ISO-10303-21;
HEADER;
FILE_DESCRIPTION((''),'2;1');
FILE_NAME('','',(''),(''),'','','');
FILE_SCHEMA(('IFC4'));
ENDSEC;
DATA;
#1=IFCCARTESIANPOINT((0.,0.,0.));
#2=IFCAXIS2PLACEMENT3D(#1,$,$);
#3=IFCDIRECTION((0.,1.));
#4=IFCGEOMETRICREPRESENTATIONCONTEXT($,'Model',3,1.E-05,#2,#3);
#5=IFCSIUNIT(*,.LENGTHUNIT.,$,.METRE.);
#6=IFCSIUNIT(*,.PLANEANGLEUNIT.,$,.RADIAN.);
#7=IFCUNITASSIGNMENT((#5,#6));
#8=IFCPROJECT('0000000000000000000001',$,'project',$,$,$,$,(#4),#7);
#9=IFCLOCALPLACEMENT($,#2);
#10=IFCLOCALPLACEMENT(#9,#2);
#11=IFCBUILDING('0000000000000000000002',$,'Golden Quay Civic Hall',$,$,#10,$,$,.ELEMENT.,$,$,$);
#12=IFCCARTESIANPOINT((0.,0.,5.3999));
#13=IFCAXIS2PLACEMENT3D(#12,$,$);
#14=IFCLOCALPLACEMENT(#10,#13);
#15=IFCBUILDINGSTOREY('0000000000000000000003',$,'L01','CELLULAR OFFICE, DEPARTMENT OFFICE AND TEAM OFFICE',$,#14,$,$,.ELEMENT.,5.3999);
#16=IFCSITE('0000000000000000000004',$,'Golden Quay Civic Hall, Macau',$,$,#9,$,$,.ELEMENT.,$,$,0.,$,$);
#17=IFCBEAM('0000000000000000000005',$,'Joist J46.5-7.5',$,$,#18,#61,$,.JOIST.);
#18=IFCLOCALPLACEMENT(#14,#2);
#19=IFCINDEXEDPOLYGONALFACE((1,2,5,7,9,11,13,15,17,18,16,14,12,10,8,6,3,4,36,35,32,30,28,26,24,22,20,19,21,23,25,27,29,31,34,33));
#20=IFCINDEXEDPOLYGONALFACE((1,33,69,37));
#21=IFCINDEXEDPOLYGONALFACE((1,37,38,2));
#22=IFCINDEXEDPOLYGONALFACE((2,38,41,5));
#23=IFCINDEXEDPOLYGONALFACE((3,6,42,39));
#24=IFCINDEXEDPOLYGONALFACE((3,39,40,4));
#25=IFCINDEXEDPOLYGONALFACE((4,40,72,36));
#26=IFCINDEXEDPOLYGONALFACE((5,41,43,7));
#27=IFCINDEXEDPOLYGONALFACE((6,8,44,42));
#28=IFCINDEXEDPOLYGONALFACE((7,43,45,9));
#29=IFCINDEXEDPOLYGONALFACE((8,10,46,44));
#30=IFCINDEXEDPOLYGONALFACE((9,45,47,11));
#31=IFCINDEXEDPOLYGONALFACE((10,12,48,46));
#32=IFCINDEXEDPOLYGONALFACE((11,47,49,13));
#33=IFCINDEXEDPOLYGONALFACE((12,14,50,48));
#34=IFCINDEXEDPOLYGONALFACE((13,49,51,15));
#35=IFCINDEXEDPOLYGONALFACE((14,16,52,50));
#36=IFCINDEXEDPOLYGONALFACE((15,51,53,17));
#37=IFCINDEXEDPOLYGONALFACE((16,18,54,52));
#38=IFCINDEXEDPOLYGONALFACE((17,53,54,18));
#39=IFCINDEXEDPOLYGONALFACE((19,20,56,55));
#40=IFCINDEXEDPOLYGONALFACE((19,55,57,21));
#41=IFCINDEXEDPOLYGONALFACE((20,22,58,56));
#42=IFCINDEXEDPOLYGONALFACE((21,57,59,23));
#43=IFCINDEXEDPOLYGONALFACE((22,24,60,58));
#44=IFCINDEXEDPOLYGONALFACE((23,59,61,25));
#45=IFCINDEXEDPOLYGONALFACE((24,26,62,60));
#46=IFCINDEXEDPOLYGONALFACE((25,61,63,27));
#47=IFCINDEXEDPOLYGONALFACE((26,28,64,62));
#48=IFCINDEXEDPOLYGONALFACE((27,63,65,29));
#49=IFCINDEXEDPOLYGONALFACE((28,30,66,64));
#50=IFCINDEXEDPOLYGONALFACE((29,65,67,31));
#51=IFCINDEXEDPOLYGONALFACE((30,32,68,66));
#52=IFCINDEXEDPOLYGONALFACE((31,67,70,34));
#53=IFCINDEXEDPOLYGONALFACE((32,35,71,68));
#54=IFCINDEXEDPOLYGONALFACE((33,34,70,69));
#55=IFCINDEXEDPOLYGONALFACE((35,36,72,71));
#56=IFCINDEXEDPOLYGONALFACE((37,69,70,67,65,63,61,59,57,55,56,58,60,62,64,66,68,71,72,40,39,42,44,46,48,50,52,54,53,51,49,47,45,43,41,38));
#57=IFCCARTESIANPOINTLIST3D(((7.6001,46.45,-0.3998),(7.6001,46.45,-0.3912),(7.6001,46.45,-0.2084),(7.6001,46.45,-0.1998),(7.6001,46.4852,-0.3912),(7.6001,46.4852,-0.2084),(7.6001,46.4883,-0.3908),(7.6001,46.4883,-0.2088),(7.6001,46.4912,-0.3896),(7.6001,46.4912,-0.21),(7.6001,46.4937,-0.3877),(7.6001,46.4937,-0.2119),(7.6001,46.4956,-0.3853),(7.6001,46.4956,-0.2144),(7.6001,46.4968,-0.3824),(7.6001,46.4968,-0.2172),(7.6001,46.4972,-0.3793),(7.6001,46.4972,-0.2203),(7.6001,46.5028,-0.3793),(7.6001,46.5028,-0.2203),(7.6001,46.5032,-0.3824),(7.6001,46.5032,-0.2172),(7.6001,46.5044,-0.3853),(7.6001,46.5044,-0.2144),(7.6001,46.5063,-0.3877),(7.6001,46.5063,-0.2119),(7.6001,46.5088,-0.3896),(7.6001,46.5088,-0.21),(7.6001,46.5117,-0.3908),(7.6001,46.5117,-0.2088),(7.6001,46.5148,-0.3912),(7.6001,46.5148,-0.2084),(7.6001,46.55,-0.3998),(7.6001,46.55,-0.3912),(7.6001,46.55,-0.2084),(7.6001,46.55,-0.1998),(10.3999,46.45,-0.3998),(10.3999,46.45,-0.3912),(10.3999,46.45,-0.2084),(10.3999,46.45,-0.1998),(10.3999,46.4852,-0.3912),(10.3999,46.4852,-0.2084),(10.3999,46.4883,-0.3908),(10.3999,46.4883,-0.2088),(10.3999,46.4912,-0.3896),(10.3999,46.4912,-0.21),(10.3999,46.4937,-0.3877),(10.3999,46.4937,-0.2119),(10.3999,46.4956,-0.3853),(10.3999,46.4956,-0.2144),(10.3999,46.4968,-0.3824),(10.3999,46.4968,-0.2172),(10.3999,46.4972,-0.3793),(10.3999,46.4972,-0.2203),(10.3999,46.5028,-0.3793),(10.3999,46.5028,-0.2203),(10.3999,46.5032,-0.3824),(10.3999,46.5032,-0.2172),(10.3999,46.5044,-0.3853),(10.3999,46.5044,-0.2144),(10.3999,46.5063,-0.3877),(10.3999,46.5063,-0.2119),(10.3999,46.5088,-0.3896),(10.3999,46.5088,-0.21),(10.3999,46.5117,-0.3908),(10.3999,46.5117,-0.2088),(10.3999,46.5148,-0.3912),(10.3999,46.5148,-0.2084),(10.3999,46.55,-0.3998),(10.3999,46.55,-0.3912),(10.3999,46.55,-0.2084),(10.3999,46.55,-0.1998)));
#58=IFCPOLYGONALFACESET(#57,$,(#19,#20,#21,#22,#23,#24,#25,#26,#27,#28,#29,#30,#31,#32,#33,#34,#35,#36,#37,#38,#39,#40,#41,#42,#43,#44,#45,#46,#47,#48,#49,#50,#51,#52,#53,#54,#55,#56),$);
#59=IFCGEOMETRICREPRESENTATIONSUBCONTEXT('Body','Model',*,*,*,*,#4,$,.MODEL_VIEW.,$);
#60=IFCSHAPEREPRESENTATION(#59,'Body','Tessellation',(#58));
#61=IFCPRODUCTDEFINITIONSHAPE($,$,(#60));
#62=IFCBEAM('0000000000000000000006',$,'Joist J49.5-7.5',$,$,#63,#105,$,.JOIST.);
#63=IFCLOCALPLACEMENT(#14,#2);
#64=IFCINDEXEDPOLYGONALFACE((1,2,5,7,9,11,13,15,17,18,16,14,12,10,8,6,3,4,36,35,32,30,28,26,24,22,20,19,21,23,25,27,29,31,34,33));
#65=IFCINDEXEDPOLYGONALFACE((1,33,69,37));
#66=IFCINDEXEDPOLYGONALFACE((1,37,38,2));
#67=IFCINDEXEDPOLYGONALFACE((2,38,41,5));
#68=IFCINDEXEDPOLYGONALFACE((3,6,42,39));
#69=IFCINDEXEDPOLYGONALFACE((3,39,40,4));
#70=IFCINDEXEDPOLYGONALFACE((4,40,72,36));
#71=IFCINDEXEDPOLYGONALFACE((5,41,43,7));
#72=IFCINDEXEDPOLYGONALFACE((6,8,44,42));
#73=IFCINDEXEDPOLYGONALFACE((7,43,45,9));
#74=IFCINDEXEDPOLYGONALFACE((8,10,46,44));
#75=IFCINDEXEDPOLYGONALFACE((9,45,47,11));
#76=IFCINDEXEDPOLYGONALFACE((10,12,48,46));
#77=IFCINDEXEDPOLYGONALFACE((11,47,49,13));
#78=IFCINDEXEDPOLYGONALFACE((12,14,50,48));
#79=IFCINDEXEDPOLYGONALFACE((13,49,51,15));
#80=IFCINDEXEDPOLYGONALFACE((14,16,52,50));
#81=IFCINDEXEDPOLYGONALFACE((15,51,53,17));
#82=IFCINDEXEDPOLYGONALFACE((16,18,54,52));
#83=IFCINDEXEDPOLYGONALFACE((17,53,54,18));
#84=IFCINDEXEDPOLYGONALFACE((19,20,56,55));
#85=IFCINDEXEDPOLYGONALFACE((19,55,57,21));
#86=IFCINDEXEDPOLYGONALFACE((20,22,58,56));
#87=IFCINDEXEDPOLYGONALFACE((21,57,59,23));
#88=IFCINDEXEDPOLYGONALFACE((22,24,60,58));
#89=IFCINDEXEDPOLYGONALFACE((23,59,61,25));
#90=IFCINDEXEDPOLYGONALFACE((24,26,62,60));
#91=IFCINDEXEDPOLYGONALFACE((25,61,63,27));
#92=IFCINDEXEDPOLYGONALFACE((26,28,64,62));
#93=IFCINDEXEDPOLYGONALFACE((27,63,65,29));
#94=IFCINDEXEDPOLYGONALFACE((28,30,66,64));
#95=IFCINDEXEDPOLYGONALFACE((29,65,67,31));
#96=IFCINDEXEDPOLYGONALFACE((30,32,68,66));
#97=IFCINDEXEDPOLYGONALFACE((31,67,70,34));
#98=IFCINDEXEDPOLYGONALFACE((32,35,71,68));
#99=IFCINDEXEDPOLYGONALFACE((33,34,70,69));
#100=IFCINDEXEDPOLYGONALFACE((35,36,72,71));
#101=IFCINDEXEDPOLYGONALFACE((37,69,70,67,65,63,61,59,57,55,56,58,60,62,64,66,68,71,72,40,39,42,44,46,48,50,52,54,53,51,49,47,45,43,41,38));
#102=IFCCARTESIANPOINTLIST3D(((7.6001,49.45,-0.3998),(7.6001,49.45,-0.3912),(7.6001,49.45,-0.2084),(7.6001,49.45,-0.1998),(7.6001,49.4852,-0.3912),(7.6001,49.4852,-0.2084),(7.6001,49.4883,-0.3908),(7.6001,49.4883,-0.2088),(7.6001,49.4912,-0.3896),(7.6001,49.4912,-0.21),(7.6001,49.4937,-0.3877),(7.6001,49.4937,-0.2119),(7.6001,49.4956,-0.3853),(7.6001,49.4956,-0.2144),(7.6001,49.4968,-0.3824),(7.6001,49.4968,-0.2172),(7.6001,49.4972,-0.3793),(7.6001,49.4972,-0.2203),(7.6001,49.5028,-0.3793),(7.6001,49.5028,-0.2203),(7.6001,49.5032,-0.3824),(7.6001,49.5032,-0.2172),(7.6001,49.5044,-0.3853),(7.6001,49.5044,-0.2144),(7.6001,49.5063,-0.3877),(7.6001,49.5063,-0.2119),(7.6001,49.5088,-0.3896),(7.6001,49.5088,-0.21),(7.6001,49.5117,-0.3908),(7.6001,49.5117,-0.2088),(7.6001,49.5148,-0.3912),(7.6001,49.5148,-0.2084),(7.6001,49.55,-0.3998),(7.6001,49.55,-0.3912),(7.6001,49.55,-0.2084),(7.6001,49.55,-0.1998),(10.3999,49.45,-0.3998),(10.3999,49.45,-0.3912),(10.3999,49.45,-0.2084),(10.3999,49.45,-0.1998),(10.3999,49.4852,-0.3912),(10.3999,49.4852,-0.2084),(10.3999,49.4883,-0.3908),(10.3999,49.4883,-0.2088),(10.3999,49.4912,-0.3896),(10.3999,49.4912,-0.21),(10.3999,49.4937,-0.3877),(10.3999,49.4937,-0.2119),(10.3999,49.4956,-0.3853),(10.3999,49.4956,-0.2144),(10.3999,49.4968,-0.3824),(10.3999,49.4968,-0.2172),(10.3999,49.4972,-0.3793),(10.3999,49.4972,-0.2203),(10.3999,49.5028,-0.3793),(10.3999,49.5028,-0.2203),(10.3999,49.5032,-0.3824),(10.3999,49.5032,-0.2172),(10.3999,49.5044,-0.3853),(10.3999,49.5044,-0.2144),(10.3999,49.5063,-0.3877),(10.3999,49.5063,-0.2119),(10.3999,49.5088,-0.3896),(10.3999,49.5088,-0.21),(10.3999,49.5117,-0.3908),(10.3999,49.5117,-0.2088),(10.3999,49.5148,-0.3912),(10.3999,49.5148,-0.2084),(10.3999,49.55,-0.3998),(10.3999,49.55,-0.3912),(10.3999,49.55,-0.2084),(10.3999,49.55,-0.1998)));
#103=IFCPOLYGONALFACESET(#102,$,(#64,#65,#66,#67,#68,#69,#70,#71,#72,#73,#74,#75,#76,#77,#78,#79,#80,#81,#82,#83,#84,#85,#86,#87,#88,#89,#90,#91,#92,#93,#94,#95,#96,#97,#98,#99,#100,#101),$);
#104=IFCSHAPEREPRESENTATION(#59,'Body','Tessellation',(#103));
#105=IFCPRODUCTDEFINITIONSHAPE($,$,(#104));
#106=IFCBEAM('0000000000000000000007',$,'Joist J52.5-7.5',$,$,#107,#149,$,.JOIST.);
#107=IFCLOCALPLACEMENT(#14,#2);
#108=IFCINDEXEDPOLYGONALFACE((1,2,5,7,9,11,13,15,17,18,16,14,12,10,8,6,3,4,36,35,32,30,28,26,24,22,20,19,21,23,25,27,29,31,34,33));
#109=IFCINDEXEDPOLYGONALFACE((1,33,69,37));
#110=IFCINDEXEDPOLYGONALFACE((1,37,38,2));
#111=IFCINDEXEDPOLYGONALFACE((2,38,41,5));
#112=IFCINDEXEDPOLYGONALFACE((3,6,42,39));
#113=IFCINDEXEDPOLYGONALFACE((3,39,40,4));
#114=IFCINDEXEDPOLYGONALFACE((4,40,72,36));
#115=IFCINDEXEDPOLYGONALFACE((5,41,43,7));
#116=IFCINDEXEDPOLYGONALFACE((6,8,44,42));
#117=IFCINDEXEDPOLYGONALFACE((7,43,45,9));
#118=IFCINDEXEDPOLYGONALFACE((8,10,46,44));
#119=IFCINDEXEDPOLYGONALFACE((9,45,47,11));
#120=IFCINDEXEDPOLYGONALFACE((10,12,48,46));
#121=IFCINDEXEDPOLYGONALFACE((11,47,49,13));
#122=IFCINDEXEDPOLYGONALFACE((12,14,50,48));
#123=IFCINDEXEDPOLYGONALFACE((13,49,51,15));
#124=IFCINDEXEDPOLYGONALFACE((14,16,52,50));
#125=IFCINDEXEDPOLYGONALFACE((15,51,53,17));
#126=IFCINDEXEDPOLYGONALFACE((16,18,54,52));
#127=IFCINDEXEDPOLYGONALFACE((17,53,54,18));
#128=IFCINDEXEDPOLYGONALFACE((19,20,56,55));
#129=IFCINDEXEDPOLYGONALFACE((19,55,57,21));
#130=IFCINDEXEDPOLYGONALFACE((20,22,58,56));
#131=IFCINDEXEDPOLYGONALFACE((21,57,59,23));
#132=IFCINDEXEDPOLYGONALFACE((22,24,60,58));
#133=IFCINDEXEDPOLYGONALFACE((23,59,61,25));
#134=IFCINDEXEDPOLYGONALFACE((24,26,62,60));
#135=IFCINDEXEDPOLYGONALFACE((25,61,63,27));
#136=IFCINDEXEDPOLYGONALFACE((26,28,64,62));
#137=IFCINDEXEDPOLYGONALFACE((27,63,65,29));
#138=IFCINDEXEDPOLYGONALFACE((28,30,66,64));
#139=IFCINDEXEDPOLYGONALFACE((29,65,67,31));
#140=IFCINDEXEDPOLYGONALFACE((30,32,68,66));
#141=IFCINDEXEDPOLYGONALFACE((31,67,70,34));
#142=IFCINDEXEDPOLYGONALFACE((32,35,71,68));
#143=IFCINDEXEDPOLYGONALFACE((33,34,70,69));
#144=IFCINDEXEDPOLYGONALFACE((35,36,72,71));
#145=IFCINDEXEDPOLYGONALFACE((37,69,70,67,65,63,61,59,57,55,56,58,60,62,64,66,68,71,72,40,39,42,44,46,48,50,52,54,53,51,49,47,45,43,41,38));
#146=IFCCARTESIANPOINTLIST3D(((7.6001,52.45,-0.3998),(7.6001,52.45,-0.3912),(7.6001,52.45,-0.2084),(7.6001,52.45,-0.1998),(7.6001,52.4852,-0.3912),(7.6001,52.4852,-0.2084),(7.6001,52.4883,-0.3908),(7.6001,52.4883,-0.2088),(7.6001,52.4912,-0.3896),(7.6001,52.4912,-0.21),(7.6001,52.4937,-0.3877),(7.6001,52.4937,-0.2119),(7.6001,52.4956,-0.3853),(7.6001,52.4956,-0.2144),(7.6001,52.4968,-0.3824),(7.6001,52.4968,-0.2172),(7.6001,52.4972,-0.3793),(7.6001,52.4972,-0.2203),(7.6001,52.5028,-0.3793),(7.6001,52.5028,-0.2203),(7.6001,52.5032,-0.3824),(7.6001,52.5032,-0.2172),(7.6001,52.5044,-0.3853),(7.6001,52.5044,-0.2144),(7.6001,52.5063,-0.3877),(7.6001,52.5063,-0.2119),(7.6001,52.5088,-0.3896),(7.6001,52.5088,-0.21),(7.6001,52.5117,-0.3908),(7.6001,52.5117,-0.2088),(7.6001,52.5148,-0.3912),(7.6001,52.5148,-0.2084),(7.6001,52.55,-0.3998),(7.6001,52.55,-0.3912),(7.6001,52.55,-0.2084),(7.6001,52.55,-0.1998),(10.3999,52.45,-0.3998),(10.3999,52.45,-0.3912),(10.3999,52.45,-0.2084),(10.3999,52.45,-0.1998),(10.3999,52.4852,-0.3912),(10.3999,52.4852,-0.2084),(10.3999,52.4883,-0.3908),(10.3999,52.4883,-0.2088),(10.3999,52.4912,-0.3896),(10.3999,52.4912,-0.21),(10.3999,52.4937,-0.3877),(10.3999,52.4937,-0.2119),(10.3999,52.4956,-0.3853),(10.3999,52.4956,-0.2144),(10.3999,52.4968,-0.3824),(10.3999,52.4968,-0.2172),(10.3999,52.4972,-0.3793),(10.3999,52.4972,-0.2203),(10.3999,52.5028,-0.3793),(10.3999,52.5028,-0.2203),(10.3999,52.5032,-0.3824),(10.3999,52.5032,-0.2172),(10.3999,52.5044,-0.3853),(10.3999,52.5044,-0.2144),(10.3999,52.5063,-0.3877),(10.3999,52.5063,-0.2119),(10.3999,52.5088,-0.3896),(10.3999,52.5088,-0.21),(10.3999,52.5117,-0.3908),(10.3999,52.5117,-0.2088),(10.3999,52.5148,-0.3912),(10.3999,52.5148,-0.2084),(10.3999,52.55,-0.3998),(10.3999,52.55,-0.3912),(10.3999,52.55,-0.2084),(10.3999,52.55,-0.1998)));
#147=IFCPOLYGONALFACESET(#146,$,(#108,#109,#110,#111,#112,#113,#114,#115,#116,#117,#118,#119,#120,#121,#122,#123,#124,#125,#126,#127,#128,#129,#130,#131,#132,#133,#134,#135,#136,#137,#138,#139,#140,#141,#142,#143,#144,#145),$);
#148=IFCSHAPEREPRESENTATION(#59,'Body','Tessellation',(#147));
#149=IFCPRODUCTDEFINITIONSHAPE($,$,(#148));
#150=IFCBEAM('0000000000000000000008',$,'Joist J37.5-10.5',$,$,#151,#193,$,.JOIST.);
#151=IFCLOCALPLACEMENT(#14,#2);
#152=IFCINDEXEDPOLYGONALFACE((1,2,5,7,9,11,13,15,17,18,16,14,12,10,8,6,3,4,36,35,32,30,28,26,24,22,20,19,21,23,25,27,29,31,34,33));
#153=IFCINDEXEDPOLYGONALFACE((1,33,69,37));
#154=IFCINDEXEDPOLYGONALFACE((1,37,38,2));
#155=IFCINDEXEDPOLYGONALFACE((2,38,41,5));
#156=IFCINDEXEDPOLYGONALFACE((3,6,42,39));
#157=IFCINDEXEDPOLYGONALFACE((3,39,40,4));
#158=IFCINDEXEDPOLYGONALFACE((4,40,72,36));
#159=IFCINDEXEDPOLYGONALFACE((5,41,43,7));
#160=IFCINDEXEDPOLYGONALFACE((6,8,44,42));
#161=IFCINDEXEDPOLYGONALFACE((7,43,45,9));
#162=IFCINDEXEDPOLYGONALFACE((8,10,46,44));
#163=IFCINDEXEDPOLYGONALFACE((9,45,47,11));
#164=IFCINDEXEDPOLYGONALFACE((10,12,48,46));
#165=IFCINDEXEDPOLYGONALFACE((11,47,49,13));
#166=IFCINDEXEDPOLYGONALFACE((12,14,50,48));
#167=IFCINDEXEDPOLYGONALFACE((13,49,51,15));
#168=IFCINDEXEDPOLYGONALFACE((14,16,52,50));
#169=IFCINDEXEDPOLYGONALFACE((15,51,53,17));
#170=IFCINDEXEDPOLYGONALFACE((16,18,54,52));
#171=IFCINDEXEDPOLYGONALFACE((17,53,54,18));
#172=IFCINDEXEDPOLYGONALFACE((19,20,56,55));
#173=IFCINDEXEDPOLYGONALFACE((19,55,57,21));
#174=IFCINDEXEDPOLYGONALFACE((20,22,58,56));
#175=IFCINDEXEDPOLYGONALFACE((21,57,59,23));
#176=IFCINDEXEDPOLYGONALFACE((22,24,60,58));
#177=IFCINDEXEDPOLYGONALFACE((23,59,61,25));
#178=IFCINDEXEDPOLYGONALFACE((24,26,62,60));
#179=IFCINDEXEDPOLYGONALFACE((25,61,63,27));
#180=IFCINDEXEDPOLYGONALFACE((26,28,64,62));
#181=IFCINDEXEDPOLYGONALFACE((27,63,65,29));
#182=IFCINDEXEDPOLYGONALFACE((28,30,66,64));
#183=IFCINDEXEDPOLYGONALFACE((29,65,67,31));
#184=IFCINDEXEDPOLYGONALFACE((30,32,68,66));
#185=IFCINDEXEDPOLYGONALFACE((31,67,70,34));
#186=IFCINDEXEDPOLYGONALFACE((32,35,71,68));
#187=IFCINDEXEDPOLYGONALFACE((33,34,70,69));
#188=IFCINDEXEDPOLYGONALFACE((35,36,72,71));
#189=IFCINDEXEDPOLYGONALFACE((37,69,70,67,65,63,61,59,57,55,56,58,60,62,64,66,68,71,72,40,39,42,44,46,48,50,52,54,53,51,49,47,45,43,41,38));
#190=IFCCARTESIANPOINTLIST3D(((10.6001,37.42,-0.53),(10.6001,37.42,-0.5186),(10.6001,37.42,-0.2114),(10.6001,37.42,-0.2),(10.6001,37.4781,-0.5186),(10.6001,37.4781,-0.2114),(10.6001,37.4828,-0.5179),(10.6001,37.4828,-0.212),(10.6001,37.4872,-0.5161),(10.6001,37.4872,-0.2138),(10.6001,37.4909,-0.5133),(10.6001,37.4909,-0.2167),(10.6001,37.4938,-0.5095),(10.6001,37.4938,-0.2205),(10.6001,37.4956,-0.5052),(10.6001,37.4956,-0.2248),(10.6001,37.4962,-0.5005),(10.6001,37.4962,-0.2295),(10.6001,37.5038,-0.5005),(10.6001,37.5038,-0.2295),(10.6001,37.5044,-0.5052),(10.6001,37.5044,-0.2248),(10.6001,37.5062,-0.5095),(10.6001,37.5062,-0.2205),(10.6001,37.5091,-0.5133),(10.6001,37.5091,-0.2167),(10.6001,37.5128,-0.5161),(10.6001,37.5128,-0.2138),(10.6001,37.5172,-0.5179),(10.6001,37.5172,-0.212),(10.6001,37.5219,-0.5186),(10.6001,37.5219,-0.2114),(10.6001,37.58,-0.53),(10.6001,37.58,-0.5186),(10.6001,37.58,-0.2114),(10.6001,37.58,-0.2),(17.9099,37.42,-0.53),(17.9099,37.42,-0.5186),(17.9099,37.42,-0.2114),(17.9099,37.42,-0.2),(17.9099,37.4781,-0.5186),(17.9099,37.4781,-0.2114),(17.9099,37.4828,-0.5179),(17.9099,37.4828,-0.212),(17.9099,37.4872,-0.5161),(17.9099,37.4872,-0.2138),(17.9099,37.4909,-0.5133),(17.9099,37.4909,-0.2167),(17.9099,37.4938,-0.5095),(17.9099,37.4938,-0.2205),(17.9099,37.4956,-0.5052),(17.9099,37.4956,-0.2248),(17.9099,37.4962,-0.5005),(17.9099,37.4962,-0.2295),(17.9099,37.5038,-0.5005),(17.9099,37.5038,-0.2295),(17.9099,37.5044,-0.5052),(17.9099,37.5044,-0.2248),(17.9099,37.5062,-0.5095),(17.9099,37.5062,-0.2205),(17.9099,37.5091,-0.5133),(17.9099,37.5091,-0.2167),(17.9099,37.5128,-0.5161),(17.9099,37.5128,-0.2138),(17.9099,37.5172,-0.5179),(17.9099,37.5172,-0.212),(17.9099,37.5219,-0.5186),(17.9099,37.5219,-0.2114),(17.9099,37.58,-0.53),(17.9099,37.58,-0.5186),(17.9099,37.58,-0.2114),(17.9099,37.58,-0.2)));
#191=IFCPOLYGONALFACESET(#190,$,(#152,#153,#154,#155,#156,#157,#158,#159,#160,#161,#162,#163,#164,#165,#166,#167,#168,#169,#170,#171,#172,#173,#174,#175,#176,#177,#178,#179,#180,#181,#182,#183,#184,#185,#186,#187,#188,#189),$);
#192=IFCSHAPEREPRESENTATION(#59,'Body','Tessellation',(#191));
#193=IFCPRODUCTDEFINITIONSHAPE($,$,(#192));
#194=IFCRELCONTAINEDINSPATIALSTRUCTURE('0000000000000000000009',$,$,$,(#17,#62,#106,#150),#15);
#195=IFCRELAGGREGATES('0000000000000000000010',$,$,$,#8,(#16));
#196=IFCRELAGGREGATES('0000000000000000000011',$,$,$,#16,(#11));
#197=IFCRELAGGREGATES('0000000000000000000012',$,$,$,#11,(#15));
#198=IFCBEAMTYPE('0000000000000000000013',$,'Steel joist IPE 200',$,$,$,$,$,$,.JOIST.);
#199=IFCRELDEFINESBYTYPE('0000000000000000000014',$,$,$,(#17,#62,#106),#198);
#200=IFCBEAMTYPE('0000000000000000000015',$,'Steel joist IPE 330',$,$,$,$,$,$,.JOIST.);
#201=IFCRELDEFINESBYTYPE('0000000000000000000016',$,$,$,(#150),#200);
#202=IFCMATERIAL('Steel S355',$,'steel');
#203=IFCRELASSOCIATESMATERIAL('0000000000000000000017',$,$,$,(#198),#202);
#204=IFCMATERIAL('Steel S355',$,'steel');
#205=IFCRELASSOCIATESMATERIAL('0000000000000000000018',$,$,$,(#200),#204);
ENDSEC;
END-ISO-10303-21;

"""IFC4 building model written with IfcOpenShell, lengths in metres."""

from ifc_helpers import new_model, si_unit, direction, frame, origin, origin_2d, place, context, subcontext, project, spatial, i_section, extrude, material, material_profile, profile_set, type_object, element, save


model = new_model("IFC4")

# Units and contexts
model_context = context("Model", 3, precision=1e-05, world=origin(), true_north=direction((0.0, 1.0)))
body_context = subcontext(model_context, "Body", "Model", "MODEL_VIEW")
ifc_project = project(units=[si_unit("LENGTHUNIT", "METRE"), si_unit("PLANEANGLEUNIT", "RADIAN")], contexts=[model_context])

# Site, building, storey
site_placement = place(None, origin())
site = spatial("IfcSite", under=ifc_project, at=site_placement, Name="Golden Quay Civic Hall, Macau", CompositionType="ELEMENT", RefElevation=0.0)
building_placement = place(site_placement, origin())
building = spatial("IfcBuilding", under=site, at=building_placement, Name="Golden Quay Civic Hall", CompositionType="ELEMENT")
storey_placement = place(building_placement, frame((0.0, 0.0, 5.3999)))
storey = spatial("IfcBuildingStorey", under=building, at=storey_placement, Name="L01", Description="CELLULAR OFFICE, DEPARTMENT OFFICE AND TEAM OFFICE", CompositionType="ELEMENT", Elevation=5.3999)

# Beams
ifc_material_1 = material(Name="Steel S355", Category="steel")
ifc_material_profile_1 = material_profile(ifc_material_1, i_section(OverallWidth=0.1001, OverallDepth=0.2, WebThickness=0.0056, FlangeThickness=0.0085, FilletRadius=0.012, at=origin_2d()), Name="IPE 200")
ifc_profile_set_1 = profile_set([ifc_material_profile_1], Name="Steel S355")
beam_type_1 = type_object("IfcBeamType", Name="Steel joist IPE 200", PredefinedType="JOIST", material=ifc_profile_set_1)
for number, where, z_axis, x_axis, name in (
    (1, (7.6001, 46.5, -0.2998), (1.0, 0.0, 0.0), (0.0, 1.0, 0.0), "Joist J46.5-7.5"),
    (2, (7.6001, 49.5, -0.2998), (1.0, 0.0, 0.0), (0.0, 1.0, 0.0), "Joist J49.5-7.5"),
    (3, (7.6001, 52.5, -0.2998), (1.0, 0.0, 0.0), (0.0, 1.0, 0.0), "Joist J52.5-7.5"),
):
    element("IfcBeam", number, at=place(storey_placement, frame(where, z_axis=z_axis, x_axis=x_axis)), inside=storey, type_object=beam_type_1, Name=name, PredefinedType="JOIST", context=body_context, shape_type="SweptSolid", body=[
        extrude(i_section(OverallWidth=0.1001, OverallDepth=0.2, WebThickness=0.0056, FlangeThickness=0.0085, FilletRadius=0.012, at=origin_2d()), origin(), (0.0, 0.0, 1.0), 2.7998),
    ])
ifc_material_2 = material(Name="Steel S355", Category="steel")
ifc_material_profile_2 = material_profile(ifc_material_2, i_section(OverallWidth=0.1599, OverallDepth=0.3301, WebThickness=0.0076, FlangeThickness=0.0115, FilletRadius=0.0181, at=origin_2d()), Name="IPE 330")
ifc_profile_set_2 = profile_set([ifc_material_profile_2], Name="Steel S355")
beam_type_2 = type_object("IfcBeamType", Name="Steel joist IPE 330", PredefinedType="JOIST", material=ifc_profile_set_2)
for number, where, z_axis, x_axis, name in (
    (4, (10.6001, 37.5, -0.365), (1.0, 0.0, 0.0), (0.0, 1.0, 0.0), "Joist J37.5-10.5"),
):
    element("IfcBeam", number, at=place(storey_placement, frame(where, z_axis=z_axis, x_axis=x_axis)), inside=storey, type_object=beam_type_2, Name=name, PredefinedType="JOIST", context=body_context, shape_type="SweptSolid", body=[
        extrude(i_section(OverallWidth=0.1599, OverallDepth=0.3301, WebThickness=0.0076, FlangeThickness=0.0115, FilletRadius=0.0181, at=origin_2d()), origin(), (0.0, 0.0, 1.0), 7.3098),
    ])

save(model, "model.ifc")
